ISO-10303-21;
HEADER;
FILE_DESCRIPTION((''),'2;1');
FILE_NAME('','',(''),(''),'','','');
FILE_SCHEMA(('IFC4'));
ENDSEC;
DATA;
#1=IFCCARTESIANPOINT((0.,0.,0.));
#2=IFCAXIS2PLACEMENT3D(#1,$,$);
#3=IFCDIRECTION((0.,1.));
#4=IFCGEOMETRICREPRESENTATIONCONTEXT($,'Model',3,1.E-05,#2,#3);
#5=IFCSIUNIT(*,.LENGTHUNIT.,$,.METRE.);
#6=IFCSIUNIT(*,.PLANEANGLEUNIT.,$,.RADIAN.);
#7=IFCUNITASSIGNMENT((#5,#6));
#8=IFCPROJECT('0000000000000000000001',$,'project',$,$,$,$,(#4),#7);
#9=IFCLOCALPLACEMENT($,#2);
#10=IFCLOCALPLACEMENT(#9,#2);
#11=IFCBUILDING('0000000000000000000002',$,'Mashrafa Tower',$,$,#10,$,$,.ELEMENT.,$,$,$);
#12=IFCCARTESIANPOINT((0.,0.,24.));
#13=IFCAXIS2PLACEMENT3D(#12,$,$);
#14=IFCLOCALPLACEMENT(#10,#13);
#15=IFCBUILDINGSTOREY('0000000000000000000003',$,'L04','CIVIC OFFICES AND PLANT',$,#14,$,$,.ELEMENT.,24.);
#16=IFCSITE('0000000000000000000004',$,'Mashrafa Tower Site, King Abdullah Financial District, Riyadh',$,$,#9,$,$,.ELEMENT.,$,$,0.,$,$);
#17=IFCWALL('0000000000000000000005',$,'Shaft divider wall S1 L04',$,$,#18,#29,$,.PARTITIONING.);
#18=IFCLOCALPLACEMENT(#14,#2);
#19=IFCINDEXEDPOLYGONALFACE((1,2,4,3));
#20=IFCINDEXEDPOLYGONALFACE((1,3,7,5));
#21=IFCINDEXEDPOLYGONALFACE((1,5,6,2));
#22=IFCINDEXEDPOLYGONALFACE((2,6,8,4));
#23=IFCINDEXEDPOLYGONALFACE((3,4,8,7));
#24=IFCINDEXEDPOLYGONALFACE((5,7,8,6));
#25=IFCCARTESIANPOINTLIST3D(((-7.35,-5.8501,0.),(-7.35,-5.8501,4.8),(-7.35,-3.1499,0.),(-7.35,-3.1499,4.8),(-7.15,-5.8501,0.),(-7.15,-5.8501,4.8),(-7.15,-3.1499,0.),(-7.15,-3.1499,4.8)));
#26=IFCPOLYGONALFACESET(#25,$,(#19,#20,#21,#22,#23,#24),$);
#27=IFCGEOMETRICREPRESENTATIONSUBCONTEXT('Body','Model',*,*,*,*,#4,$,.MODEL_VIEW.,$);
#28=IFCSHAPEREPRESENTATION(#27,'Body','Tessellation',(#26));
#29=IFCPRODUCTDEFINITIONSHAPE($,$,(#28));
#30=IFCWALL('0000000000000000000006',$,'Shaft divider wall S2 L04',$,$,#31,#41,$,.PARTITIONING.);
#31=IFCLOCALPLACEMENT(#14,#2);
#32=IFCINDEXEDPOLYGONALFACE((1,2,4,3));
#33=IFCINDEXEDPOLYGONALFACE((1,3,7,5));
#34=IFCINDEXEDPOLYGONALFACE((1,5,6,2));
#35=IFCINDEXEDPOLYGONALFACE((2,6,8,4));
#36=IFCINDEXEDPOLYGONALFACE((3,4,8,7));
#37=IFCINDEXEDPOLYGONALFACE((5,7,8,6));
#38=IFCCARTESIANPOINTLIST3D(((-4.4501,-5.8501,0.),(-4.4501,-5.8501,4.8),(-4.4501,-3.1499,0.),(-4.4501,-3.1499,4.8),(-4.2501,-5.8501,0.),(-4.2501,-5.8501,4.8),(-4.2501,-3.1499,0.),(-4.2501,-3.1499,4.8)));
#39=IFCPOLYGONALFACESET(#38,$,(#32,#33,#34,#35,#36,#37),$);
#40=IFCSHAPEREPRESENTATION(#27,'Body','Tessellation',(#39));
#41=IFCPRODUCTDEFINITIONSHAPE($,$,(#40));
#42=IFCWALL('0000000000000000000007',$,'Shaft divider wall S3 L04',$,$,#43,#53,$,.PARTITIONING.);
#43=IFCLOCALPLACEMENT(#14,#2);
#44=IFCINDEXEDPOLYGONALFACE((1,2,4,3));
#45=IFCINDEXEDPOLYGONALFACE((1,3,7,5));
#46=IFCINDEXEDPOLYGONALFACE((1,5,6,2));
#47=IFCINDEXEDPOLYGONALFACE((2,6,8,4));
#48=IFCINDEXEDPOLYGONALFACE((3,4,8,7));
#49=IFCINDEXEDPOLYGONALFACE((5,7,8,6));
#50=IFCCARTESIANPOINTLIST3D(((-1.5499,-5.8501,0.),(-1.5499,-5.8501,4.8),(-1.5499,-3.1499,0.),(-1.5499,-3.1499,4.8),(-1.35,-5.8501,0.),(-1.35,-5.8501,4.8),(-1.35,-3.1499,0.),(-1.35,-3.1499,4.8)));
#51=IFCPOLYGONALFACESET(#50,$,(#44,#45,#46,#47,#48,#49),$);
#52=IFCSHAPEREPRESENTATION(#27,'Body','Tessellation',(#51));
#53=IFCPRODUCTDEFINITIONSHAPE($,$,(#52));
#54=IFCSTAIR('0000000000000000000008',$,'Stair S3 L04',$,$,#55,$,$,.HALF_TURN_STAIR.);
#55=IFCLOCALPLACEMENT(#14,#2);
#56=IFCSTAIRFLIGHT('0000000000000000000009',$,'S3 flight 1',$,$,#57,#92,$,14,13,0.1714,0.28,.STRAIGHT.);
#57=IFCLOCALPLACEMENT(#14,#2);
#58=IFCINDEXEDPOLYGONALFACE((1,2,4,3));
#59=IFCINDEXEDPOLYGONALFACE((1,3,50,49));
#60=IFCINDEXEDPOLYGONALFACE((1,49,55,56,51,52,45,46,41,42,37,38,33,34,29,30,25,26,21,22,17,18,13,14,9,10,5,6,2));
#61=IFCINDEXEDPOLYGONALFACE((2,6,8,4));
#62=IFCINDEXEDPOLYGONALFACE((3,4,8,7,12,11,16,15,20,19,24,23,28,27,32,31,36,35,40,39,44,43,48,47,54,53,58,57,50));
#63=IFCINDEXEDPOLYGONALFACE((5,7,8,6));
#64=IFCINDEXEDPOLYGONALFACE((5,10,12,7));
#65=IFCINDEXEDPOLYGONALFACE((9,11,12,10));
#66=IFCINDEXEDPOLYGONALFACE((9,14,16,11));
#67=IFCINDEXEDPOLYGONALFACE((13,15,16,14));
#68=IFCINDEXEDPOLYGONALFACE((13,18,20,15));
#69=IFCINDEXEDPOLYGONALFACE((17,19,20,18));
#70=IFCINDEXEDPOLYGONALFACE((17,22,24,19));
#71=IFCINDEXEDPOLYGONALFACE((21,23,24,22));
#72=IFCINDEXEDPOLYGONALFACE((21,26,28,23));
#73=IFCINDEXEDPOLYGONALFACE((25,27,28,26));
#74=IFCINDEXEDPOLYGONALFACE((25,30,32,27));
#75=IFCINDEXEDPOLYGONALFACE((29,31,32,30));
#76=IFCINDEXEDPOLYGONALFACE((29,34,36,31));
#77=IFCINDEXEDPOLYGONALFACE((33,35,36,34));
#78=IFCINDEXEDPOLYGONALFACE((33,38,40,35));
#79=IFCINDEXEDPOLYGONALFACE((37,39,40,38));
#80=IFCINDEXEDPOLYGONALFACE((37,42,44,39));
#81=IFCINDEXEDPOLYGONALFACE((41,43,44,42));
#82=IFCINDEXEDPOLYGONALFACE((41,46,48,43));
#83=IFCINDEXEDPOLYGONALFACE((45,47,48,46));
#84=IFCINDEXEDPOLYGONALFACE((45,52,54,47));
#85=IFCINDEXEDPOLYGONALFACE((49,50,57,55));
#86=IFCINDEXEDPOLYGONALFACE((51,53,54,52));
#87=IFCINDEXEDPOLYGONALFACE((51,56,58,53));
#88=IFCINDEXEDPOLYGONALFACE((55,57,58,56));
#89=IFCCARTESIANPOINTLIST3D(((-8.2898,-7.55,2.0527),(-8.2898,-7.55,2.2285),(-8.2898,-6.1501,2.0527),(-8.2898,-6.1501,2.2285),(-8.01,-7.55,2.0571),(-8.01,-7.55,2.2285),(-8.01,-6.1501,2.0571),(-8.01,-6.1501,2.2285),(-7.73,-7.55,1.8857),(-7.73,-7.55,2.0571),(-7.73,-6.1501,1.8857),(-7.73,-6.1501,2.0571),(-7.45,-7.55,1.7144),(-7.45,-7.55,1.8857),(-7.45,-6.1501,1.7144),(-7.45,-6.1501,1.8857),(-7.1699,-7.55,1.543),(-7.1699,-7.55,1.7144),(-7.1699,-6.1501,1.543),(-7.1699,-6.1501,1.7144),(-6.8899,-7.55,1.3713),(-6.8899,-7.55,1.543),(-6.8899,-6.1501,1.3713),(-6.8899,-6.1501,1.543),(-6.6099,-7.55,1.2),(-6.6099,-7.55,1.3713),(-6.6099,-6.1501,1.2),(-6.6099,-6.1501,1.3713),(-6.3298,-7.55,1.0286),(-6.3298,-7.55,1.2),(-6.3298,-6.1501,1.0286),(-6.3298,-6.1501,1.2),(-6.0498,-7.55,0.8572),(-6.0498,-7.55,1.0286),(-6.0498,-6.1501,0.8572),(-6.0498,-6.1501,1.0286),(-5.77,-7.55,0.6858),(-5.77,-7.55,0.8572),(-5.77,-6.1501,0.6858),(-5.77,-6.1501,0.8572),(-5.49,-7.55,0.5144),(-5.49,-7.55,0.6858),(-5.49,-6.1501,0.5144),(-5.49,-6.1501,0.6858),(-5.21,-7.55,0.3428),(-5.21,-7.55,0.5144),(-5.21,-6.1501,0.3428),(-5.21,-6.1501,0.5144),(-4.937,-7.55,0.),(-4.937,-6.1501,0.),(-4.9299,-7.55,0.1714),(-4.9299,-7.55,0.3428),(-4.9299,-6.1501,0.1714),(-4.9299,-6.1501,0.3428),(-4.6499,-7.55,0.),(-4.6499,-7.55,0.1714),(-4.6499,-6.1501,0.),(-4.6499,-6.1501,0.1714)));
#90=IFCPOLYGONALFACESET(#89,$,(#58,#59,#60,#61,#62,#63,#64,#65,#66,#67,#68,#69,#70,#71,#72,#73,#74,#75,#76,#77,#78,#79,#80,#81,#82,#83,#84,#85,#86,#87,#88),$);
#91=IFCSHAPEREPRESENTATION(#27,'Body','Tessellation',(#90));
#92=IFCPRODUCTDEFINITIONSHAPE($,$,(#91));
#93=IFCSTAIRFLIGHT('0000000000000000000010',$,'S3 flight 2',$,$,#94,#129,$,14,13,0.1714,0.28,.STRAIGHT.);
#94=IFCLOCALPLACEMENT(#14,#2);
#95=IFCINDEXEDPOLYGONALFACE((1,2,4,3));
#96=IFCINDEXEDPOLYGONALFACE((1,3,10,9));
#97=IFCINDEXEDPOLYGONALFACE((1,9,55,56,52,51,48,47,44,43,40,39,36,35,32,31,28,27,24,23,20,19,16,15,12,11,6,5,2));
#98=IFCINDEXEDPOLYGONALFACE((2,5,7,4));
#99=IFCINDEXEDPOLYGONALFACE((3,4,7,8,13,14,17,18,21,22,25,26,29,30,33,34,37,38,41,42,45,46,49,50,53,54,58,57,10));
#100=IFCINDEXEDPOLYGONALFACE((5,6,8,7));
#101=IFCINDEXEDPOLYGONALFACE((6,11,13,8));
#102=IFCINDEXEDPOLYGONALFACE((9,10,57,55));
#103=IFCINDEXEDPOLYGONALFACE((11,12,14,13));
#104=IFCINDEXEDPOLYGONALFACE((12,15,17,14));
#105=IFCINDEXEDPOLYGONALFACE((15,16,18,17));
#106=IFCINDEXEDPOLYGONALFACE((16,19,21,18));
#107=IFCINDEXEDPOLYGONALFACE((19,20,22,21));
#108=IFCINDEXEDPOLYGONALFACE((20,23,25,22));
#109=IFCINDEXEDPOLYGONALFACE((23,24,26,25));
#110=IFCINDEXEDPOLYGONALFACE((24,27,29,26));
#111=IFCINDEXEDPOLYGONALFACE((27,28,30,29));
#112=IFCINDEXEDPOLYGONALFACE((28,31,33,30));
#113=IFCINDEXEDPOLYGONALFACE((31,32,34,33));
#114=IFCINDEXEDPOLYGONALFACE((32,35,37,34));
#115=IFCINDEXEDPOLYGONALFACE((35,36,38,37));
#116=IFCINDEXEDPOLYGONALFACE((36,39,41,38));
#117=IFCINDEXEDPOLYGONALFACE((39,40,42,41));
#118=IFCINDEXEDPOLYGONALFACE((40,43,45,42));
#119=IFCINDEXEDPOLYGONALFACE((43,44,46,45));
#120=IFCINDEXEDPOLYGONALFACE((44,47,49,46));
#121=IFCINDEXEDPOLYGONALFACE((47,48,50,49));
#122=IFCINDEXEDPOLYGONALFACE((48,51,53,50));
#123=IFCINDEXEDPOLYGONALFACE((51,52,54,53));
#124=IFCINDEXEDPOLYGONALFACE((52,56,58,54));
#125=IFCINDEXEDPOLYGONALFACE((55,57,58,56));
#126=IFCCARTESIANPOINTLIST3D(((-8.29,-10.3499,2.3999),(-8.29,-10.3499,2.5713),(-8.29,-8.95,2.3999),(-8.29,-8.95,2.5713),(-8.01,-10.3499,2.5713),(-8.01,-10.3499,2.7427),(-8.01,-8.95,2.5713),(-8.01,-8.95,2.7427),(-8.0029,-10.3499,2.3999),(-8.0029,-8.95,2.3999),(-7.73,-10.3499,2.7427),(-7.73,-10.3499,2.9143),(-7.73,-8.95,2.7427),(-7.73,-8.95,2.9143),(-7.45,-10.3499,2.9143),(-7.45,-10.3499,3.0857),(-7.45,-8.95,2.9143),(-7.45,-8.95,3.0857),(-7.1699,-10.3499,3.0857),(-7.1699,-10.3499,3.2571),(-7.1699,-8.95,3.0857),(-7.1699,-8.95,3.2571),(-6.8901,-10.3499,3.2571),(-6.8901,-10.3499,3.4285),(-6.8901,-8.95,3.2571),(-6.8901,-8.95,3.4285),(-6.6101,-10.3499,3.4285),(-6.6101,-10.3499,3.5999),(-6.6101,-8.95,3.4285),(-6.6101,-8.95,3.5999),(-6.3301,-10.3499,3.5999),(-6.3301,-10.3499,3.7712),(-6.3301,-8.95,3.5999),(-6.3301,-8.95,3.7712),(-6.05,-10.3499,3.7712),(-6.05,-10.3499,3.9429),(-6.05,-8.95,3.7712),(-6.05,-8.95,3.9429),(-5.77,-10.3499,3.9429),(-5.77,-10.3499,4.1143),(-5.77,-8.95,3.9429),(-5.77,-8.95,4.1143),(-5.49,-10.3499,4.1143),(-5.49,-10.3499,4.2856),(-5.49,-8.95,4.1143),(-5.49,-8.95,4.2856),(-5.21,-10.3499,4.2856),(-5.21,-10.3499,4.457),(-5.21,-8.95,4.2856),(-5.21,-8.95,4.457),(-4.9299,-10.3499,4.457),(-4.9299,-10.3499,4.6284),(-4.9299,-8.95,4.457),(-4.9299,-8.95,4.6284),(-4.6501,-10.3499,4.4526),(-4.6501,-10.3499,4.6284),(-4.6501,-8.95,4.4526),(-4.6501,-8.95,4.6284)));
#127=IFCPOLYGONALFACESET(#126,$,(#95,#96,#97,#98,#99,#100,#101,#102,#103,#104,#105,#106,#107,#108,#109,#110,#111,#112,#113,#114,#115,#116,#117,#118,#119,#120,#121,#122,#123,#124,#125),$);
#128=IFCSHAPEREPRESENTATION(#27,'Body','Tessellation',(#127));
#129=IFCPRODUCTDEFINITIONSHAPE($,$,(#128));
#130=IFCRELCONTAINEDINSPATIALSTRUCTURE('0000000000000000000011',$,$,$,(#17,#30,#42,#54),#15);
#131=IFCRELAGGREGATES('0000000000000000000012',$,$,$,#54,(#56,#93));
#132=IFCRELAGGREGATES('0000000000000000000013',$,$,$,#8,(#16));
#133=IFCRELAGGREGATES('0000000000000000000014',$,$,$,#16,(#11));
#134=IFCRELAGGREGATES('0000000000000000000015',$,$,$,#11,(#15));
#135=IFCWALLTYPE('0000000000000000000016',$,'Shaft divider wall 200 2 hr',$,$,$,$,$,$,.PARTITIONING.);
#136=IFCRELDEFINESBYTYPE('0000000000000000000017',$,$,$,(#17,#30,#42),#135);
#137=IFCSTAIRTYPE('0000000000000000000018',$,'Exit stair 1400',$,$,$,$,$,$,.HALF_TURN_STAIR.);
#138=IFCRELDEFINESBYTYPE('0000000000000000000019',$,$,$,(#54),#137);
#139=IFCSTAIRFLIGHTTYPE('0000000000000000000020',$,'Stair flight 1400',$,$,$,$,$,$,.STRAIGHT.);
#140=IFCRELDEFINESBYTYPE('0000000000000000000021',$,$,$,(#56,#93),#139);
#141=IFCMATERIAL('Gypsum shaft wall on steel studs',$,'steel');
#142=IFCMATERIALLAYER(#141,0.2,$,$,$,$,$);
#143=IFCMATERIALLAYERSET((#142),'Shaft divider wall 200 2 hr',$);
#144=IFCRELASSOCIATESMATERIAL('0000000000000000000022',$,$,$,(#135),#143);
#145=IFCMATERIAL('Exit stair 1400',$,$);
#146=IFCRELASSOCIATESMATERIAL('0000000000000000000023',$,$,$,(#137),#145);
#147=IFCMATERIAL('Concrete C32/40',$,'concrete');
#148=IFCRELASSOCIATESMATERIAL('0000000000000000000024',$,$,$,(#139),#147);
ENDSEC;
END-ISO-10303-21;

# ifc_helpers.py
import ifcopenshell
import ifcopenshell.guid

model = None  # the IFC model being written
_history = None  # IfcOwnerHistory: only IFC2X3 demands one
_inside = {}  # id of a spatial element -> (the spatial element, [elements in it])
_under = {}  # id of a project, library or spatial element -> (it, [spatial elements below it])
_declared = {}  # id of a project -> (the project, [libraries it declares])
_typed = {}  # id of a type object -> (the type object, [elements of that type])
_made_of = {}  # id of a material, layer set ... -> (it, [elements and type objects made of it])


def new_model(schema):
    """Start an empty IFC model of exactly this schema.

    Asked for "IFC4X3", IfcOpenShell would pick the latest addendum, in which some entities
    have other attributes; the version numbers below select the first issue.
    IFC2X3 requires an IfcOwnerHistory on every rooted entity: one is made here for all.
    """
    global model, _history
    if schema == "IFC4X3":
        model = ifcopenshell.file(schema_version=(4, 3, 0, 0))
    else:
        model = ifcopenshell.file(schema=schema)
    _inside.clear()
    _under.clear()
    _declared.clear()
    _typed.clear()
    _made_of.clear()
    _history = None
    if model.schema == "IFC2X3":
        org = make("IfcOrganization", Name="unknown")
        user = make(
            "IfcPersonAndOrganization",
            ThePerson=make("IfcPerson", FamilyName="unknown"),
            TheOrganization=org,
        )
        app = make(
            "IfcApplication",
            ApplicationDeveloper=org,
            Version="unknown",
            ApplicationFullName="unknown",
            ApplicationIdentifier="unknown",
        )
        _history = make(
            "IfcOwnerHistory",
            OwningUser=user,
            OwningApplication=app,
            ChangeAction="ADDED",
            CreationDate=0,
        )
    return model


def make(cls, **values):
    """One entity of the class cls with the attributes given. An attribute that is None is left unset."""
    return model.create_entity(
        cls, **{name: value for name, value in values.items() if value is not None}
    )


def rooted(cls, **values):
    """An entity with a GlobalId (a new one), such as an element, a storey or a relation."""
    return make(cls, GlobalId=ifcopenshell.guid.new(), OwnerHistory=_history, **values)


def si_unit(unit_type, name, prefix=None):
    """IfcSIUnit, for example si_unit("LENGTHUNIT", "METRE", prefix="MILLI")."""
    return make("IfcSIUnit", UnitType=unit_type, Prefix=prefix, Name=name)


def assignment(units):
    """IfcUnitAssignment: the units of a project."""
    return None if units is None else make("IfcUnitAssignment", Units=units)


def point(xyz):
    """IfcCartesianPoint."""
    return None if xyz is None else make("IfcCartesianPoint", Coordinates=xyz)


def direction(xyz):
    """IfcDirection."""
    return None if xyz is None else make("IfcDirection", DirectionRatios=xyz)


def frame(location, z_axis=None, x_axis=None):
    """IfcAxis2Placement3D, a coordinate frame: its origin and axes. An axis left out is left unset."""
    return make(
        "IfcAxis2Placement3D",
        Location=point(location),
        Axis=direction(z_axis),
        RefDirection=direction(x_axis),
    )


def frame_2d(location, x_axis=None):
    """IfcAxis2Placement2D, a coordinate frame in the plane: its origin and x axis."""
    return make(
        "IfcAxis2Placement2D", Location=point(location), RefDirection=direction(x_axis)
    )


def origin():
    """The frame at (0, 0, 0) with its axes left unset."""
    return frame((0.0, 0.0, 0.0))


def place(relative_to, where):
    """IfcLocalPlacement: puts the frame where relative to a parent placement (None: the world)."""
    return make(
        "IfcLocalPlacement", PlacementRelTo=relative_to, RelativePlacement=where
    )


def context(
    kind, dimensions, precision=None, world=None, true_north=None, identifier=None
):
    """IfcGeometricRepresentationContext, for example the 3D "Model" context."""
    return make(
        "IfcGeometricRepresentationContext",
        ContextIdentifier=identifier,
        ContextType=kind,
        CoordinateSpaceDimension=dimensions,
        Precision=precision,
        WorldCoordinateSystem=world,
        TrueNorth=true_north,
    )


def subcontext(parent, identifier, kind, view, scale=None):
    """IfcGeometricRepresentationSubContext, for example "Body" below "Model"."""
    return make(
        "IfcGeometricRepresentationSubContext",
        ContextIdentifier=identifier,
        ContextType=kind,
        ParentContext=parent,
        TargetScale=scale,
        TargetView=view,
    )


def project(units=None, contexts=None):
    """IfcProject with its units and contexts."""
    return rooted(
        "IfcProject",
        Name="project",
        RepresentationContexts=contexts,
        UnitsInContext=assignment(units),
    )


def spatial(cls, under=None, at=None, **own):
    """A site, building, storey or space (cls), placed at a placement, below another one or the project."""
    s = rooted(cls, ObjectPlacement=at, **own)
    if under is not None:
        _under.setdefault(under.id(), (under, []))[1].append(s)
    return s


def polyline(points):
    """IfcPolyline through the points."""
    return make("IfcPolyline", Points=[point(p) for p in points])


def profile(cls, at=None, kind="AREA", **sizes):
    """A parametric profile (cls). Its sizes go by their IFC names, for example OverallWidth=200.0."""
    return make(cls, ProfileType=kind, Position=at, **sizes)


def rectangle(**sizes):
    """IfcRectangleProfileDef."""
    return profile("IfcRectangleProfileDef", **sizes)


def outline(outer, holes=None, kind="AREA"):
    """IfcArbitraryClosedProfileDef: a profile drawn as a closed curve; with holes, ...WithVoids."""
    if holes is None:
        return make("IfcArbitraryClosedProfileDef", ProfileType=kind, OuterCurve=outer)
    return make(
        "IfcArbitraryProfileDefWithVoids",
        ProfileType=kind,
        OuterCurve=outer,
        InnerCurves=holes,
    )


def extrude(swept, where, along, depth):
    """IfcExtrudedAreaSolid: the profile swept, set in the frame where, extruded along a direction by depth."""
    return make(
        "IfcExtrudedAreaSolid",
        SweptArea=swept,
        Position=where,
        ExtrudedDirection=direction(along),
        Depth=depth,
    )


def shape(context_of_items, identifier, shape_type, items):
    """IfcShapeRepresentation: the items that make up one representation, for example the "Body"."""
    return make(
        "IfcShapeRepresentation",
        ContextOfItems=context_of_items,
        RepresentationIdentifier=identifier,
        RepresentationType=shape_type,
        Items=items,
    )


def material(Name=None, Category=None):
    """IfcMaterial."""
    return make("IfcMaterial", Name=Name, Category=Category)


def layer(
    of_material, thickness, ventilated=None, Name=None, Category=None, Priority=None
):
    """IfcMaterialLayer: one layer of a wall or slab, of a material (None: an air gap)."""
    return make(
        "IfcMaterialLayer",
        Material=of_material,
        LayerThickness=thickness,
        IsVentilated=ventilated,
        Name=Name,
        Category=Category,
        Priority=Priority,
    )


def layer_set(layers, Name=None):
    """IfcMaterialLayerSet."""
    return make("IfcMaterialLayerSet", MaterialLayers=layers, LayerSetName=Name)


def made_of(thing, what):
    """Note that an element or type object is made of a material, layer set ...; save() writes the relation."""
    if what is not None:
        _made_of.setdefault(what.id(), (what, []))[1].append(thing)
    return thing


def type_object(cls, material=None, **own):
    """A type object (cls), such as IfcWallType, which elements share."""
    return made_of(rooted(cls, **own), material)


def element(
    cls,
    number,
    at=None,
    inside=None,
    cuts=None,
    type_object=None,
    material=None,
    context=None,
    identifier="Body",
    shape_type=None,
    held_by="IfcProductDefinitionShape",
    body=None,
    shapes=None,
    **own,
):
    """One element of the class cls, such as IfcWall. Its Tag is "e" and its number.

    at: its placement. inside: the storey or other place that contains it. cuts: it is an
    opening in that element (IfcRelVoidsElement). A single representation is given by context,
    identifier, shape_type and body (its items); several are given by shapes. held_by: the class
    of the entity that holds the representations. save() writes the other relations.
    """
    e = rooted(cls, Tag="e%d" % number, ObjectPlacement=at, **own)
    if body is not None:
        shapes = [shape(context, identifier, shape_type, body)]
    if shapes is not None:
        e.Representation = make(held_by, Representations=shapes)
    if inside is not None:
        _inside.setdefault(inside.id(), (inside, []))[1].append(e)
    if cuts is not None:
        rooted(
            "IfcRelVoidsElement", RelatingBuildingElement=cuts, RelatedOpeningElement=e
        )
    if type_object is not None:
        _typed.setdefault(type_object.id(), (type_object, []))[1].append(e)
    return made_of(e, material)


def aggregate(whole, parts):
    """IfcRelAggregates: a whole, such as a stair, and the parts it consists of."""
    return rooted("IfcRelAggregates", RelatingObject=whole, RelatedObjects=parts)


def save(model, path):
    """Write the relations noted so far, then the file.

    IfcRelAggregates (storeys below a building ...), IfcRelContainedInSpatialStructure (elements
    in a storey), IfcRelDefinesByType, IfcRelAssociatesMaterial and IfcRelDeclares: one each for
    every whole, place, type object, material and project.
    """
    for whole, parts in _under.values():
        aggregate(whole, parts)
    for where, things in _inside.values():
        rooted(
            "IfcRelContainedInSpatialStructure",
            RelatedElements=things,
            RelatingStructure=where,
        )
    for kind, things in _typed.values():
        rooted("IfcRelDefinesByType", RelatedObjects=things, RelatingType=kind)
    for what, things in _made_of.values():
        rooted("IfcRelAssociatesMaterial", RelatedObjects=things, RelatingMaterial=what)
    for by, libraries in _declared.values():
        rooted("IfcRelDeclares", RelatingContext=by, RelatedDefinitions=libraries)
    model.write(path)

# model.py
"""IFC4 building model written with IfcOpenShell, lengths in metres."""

from ifc_helpers import new_model, si_unit, direction, frame, frame_2d, origin, place, context, subcontext, project, spatial, polyline, rectangle, outline, extrude, material, layer, layer_set, type_object, element, aggregate, save


model = new_model("IFC4")

# Units and contexts
model_context = context("Model", 3, precision=1e-05, world=origin(), true_north=direction((0.0, 1.0)))
body_context = subcontext(model_context, "Body", "Model", "MODEL_VIEW")
ifc_project = project(units=[si_unit("LENGTHUNIT", "METRE"), si_unit("PLANEANGLEUNIT", "RADIAN")], contexts=[model_context])

# Site, building, storey
site_placement = place(None, origin())
site = spatial("IfcSite", under=ifc_project, at=site_placement, Name="Mashrafa Tower Site, King Abdullah Financial District, Riyadh", CompositionType="ELEMENT", RefElevation=0.0)
building_placement = place(site_placement, origin())
building = spatial("IfcBuilding", under=site, at=building_placement, Name="Mashrafa Tower", CompositionType="ELEMENT")
storey_placement = place(building_placement, frame((0.0, 0.0, 24.0)))
storey = spatial("IfcBuildingStorey", under=building, at=storey_placement, Name="L04", Description="CIVIC OFFICES AND PLANT", CompositionType="ELEMENT", Elevation=24.0)

# Walls
ifc_material_1 = material(Name="Gypsum shaft wall on steel studs", Category="steel")
ifc_layer_1 = layer(ifc_material_1, 0.2)
ifc_layer_set_1 = layer_set([ifc_layer_1], Name="Shaft divider wall 200 2 hr")
wall_type_1 = type_object("IfcWallType", Name="Shaft divider wall 200 2 hr", PredefinedType="PARTITIONING", material=ifc_layer_set_1)
for number, where, z_axis, x_axis, name in (
    (1, (-7.25, -5.8501, 0.0), (0.0, 0.0, 1.0), (0.0, 1.0, 0.0), "Shaft divider wall S1 L04"),
    (2, (-4.3501, -5.8501, 0.0), (0.0, 0.0, 1.0), (0.0, 1.0, 0.0), "Shaft divider wall S2 L04"),
    (3, (-1.45, -5.8501, 0.0), (0.0, 0.0, 1.0), (0.0, 1.0, 0.0), "Shaft divider wall S3 L04"),
):
    element("IfcWall", number, at=place(storey_placement, frame(where, z_axis=z_axis, x_axis=x_axis)), inside=storey, type_object=wall_type_1, Name=name, PredefinedType="PARTITIONING", context=body_context, shape_type="SweptSolid", body=[
        extrude(rectangle(XDim=2.7002, YDim=0.2, at=frame_2d((1.3501, 0.0))), origin(), (0.0, 0.0, 1.0), 4.8),
    ])

# Stair, stair flights
ifc_material_2 = material(Name="Exit stair 1400")
stair_type = type_object("IfcStairType", Name="Exit stair 1400", PredefinedType="HALF_TURN_STAIR", material=ifc_material_2)
stair_placement = place(storey_placement, origin())
stair = element("IfcStair", 4, at=stair_placement, inside=storey, type_object=stair_type, Name="Stair S3 L04", PredefinedType="HALF_TURN_STAIR")
ifc_material_3 = material(Name="Concrete C32/40", Category="concrete")
stair_flight_type = type_object("IfcStairFlightType", Name="Stair flight 1400", PredefinedType="STRAIGHT", material=ifc_material_3)
stair_flight_1_placement = place(storey_placement, frame((-4.6499, -6.8501, 0.0), z_axis=(0.0, 0.0, 1.0), x_axis=(-1.0, 0.0, 0.0)))
stair_flight_1 = element("IfcStairFlight", 5, at=stair_flight_1_placement, type_object=stair_flight_type, Name="S3 flight 1", NumberOfRisers=14, NumberOfTreads=13, PredefinedType="STRAIGHT", RiserHeight=0.1714, TreadLength=0.28, context=body_context, shape_type="SweptSolid", body=[
    extrude(outline(polyline([(0.0, 0.0), (0.0, 0.1714), (0.28, 0.1714), (0.28, 0.3428), (0.5601, 0.3428), (0.5601, 0.5144), (0.8401, 0.5144), (0.8401, 0.6858), (1.1201, 0.6858), (1.1201, 0.8572), (1.3999, 0.8572), (1.3999, 1.0286), (1.6799, 1.0286), (1.6799, 1.2), (1.96, 1.2), (1.96, 1.3713), (2.24, 1.3713), (2.24, 1.543), (2.52, 1.543), (2.52, 1.7144), (2.8, 1.7144), (2.8, 1.8857), (3.0801, 1.8857), (3.0801, 2.0571), (3.3601, 2.0571), (3.3601, 2.2285), (3.6399, 2.2285), (3.6399, 2.3999), (3.6399, 2.0527), (0.2871, 0.0), (0.0, 0.0)])), frame((0.0, 0.7, 0.0), z_axis=(0.0, -1.0, 0.0), x_axis=(1.0, 0.0, 0.0)), (0.0, 0.0, 1.0), 1.3999),
])
stair_flight_2_placement = place(storey_placement, frame((-8.29, -9.6499, 2.3999), z_axis=(0.0, 0.0, 1.0), x_axis=(1.0, 0.0, 0.0)))
stair_flight_2 = element("IfcStairFlight", 6, at=stair_flight_2_placement, type_object=stair_flight_type, Name="S3 flight 2", NumberOfRisers=14, NumberOfTreads=13, PredefinedType="STRAIGHT", RiserHeight=0.1714, TreadLength=0.28, context=body_context, shape_type="SweptSolid", body=[
    extrude(outline(polyline([(0.0, 0.0), (0.0, 0.1714), (0.28, 0.1714), (0.28, 0.3428), (0.5601, 0.3428), (0.5601, 0.5144), (0.8401, 0.5144), (0.8401, 0.6858), (1.1201, 0.6858), (1.1201, 0.8572), (1.3999, 0.8572), (1.3999, 1.0286), (1.6799, 1.0286), (1.6799, 1.2), (1.96, 1.2), (1.96, 1.3713), (2.24, 1.3713), (2.24, 1.543), (2.52, 1.543), (2.52, 1.7144), (2.8, 1.7144), (2.8, 1.8857), (3.0801, 1.8857), (3.0801, 2.0571), (3.3601, 2.0571), (3.3601, 2.2285), (3.6399, 2.2285), (3.6399, 2.3999), (3.6399, 2.0527), (0.2871, 0.0), (0.0, 0.0)])), frame((0.0, 0.7, 0.0), z_axis=(0.0, -1.0, 0.0), x_axis=(1.0, 0.0, 0.0)), (0.0, 0.0, 1.0), 1.3999),
])
aggregate(stair, [stair_flight_1, stair_flight_2])

save(model, "model.ifc")
